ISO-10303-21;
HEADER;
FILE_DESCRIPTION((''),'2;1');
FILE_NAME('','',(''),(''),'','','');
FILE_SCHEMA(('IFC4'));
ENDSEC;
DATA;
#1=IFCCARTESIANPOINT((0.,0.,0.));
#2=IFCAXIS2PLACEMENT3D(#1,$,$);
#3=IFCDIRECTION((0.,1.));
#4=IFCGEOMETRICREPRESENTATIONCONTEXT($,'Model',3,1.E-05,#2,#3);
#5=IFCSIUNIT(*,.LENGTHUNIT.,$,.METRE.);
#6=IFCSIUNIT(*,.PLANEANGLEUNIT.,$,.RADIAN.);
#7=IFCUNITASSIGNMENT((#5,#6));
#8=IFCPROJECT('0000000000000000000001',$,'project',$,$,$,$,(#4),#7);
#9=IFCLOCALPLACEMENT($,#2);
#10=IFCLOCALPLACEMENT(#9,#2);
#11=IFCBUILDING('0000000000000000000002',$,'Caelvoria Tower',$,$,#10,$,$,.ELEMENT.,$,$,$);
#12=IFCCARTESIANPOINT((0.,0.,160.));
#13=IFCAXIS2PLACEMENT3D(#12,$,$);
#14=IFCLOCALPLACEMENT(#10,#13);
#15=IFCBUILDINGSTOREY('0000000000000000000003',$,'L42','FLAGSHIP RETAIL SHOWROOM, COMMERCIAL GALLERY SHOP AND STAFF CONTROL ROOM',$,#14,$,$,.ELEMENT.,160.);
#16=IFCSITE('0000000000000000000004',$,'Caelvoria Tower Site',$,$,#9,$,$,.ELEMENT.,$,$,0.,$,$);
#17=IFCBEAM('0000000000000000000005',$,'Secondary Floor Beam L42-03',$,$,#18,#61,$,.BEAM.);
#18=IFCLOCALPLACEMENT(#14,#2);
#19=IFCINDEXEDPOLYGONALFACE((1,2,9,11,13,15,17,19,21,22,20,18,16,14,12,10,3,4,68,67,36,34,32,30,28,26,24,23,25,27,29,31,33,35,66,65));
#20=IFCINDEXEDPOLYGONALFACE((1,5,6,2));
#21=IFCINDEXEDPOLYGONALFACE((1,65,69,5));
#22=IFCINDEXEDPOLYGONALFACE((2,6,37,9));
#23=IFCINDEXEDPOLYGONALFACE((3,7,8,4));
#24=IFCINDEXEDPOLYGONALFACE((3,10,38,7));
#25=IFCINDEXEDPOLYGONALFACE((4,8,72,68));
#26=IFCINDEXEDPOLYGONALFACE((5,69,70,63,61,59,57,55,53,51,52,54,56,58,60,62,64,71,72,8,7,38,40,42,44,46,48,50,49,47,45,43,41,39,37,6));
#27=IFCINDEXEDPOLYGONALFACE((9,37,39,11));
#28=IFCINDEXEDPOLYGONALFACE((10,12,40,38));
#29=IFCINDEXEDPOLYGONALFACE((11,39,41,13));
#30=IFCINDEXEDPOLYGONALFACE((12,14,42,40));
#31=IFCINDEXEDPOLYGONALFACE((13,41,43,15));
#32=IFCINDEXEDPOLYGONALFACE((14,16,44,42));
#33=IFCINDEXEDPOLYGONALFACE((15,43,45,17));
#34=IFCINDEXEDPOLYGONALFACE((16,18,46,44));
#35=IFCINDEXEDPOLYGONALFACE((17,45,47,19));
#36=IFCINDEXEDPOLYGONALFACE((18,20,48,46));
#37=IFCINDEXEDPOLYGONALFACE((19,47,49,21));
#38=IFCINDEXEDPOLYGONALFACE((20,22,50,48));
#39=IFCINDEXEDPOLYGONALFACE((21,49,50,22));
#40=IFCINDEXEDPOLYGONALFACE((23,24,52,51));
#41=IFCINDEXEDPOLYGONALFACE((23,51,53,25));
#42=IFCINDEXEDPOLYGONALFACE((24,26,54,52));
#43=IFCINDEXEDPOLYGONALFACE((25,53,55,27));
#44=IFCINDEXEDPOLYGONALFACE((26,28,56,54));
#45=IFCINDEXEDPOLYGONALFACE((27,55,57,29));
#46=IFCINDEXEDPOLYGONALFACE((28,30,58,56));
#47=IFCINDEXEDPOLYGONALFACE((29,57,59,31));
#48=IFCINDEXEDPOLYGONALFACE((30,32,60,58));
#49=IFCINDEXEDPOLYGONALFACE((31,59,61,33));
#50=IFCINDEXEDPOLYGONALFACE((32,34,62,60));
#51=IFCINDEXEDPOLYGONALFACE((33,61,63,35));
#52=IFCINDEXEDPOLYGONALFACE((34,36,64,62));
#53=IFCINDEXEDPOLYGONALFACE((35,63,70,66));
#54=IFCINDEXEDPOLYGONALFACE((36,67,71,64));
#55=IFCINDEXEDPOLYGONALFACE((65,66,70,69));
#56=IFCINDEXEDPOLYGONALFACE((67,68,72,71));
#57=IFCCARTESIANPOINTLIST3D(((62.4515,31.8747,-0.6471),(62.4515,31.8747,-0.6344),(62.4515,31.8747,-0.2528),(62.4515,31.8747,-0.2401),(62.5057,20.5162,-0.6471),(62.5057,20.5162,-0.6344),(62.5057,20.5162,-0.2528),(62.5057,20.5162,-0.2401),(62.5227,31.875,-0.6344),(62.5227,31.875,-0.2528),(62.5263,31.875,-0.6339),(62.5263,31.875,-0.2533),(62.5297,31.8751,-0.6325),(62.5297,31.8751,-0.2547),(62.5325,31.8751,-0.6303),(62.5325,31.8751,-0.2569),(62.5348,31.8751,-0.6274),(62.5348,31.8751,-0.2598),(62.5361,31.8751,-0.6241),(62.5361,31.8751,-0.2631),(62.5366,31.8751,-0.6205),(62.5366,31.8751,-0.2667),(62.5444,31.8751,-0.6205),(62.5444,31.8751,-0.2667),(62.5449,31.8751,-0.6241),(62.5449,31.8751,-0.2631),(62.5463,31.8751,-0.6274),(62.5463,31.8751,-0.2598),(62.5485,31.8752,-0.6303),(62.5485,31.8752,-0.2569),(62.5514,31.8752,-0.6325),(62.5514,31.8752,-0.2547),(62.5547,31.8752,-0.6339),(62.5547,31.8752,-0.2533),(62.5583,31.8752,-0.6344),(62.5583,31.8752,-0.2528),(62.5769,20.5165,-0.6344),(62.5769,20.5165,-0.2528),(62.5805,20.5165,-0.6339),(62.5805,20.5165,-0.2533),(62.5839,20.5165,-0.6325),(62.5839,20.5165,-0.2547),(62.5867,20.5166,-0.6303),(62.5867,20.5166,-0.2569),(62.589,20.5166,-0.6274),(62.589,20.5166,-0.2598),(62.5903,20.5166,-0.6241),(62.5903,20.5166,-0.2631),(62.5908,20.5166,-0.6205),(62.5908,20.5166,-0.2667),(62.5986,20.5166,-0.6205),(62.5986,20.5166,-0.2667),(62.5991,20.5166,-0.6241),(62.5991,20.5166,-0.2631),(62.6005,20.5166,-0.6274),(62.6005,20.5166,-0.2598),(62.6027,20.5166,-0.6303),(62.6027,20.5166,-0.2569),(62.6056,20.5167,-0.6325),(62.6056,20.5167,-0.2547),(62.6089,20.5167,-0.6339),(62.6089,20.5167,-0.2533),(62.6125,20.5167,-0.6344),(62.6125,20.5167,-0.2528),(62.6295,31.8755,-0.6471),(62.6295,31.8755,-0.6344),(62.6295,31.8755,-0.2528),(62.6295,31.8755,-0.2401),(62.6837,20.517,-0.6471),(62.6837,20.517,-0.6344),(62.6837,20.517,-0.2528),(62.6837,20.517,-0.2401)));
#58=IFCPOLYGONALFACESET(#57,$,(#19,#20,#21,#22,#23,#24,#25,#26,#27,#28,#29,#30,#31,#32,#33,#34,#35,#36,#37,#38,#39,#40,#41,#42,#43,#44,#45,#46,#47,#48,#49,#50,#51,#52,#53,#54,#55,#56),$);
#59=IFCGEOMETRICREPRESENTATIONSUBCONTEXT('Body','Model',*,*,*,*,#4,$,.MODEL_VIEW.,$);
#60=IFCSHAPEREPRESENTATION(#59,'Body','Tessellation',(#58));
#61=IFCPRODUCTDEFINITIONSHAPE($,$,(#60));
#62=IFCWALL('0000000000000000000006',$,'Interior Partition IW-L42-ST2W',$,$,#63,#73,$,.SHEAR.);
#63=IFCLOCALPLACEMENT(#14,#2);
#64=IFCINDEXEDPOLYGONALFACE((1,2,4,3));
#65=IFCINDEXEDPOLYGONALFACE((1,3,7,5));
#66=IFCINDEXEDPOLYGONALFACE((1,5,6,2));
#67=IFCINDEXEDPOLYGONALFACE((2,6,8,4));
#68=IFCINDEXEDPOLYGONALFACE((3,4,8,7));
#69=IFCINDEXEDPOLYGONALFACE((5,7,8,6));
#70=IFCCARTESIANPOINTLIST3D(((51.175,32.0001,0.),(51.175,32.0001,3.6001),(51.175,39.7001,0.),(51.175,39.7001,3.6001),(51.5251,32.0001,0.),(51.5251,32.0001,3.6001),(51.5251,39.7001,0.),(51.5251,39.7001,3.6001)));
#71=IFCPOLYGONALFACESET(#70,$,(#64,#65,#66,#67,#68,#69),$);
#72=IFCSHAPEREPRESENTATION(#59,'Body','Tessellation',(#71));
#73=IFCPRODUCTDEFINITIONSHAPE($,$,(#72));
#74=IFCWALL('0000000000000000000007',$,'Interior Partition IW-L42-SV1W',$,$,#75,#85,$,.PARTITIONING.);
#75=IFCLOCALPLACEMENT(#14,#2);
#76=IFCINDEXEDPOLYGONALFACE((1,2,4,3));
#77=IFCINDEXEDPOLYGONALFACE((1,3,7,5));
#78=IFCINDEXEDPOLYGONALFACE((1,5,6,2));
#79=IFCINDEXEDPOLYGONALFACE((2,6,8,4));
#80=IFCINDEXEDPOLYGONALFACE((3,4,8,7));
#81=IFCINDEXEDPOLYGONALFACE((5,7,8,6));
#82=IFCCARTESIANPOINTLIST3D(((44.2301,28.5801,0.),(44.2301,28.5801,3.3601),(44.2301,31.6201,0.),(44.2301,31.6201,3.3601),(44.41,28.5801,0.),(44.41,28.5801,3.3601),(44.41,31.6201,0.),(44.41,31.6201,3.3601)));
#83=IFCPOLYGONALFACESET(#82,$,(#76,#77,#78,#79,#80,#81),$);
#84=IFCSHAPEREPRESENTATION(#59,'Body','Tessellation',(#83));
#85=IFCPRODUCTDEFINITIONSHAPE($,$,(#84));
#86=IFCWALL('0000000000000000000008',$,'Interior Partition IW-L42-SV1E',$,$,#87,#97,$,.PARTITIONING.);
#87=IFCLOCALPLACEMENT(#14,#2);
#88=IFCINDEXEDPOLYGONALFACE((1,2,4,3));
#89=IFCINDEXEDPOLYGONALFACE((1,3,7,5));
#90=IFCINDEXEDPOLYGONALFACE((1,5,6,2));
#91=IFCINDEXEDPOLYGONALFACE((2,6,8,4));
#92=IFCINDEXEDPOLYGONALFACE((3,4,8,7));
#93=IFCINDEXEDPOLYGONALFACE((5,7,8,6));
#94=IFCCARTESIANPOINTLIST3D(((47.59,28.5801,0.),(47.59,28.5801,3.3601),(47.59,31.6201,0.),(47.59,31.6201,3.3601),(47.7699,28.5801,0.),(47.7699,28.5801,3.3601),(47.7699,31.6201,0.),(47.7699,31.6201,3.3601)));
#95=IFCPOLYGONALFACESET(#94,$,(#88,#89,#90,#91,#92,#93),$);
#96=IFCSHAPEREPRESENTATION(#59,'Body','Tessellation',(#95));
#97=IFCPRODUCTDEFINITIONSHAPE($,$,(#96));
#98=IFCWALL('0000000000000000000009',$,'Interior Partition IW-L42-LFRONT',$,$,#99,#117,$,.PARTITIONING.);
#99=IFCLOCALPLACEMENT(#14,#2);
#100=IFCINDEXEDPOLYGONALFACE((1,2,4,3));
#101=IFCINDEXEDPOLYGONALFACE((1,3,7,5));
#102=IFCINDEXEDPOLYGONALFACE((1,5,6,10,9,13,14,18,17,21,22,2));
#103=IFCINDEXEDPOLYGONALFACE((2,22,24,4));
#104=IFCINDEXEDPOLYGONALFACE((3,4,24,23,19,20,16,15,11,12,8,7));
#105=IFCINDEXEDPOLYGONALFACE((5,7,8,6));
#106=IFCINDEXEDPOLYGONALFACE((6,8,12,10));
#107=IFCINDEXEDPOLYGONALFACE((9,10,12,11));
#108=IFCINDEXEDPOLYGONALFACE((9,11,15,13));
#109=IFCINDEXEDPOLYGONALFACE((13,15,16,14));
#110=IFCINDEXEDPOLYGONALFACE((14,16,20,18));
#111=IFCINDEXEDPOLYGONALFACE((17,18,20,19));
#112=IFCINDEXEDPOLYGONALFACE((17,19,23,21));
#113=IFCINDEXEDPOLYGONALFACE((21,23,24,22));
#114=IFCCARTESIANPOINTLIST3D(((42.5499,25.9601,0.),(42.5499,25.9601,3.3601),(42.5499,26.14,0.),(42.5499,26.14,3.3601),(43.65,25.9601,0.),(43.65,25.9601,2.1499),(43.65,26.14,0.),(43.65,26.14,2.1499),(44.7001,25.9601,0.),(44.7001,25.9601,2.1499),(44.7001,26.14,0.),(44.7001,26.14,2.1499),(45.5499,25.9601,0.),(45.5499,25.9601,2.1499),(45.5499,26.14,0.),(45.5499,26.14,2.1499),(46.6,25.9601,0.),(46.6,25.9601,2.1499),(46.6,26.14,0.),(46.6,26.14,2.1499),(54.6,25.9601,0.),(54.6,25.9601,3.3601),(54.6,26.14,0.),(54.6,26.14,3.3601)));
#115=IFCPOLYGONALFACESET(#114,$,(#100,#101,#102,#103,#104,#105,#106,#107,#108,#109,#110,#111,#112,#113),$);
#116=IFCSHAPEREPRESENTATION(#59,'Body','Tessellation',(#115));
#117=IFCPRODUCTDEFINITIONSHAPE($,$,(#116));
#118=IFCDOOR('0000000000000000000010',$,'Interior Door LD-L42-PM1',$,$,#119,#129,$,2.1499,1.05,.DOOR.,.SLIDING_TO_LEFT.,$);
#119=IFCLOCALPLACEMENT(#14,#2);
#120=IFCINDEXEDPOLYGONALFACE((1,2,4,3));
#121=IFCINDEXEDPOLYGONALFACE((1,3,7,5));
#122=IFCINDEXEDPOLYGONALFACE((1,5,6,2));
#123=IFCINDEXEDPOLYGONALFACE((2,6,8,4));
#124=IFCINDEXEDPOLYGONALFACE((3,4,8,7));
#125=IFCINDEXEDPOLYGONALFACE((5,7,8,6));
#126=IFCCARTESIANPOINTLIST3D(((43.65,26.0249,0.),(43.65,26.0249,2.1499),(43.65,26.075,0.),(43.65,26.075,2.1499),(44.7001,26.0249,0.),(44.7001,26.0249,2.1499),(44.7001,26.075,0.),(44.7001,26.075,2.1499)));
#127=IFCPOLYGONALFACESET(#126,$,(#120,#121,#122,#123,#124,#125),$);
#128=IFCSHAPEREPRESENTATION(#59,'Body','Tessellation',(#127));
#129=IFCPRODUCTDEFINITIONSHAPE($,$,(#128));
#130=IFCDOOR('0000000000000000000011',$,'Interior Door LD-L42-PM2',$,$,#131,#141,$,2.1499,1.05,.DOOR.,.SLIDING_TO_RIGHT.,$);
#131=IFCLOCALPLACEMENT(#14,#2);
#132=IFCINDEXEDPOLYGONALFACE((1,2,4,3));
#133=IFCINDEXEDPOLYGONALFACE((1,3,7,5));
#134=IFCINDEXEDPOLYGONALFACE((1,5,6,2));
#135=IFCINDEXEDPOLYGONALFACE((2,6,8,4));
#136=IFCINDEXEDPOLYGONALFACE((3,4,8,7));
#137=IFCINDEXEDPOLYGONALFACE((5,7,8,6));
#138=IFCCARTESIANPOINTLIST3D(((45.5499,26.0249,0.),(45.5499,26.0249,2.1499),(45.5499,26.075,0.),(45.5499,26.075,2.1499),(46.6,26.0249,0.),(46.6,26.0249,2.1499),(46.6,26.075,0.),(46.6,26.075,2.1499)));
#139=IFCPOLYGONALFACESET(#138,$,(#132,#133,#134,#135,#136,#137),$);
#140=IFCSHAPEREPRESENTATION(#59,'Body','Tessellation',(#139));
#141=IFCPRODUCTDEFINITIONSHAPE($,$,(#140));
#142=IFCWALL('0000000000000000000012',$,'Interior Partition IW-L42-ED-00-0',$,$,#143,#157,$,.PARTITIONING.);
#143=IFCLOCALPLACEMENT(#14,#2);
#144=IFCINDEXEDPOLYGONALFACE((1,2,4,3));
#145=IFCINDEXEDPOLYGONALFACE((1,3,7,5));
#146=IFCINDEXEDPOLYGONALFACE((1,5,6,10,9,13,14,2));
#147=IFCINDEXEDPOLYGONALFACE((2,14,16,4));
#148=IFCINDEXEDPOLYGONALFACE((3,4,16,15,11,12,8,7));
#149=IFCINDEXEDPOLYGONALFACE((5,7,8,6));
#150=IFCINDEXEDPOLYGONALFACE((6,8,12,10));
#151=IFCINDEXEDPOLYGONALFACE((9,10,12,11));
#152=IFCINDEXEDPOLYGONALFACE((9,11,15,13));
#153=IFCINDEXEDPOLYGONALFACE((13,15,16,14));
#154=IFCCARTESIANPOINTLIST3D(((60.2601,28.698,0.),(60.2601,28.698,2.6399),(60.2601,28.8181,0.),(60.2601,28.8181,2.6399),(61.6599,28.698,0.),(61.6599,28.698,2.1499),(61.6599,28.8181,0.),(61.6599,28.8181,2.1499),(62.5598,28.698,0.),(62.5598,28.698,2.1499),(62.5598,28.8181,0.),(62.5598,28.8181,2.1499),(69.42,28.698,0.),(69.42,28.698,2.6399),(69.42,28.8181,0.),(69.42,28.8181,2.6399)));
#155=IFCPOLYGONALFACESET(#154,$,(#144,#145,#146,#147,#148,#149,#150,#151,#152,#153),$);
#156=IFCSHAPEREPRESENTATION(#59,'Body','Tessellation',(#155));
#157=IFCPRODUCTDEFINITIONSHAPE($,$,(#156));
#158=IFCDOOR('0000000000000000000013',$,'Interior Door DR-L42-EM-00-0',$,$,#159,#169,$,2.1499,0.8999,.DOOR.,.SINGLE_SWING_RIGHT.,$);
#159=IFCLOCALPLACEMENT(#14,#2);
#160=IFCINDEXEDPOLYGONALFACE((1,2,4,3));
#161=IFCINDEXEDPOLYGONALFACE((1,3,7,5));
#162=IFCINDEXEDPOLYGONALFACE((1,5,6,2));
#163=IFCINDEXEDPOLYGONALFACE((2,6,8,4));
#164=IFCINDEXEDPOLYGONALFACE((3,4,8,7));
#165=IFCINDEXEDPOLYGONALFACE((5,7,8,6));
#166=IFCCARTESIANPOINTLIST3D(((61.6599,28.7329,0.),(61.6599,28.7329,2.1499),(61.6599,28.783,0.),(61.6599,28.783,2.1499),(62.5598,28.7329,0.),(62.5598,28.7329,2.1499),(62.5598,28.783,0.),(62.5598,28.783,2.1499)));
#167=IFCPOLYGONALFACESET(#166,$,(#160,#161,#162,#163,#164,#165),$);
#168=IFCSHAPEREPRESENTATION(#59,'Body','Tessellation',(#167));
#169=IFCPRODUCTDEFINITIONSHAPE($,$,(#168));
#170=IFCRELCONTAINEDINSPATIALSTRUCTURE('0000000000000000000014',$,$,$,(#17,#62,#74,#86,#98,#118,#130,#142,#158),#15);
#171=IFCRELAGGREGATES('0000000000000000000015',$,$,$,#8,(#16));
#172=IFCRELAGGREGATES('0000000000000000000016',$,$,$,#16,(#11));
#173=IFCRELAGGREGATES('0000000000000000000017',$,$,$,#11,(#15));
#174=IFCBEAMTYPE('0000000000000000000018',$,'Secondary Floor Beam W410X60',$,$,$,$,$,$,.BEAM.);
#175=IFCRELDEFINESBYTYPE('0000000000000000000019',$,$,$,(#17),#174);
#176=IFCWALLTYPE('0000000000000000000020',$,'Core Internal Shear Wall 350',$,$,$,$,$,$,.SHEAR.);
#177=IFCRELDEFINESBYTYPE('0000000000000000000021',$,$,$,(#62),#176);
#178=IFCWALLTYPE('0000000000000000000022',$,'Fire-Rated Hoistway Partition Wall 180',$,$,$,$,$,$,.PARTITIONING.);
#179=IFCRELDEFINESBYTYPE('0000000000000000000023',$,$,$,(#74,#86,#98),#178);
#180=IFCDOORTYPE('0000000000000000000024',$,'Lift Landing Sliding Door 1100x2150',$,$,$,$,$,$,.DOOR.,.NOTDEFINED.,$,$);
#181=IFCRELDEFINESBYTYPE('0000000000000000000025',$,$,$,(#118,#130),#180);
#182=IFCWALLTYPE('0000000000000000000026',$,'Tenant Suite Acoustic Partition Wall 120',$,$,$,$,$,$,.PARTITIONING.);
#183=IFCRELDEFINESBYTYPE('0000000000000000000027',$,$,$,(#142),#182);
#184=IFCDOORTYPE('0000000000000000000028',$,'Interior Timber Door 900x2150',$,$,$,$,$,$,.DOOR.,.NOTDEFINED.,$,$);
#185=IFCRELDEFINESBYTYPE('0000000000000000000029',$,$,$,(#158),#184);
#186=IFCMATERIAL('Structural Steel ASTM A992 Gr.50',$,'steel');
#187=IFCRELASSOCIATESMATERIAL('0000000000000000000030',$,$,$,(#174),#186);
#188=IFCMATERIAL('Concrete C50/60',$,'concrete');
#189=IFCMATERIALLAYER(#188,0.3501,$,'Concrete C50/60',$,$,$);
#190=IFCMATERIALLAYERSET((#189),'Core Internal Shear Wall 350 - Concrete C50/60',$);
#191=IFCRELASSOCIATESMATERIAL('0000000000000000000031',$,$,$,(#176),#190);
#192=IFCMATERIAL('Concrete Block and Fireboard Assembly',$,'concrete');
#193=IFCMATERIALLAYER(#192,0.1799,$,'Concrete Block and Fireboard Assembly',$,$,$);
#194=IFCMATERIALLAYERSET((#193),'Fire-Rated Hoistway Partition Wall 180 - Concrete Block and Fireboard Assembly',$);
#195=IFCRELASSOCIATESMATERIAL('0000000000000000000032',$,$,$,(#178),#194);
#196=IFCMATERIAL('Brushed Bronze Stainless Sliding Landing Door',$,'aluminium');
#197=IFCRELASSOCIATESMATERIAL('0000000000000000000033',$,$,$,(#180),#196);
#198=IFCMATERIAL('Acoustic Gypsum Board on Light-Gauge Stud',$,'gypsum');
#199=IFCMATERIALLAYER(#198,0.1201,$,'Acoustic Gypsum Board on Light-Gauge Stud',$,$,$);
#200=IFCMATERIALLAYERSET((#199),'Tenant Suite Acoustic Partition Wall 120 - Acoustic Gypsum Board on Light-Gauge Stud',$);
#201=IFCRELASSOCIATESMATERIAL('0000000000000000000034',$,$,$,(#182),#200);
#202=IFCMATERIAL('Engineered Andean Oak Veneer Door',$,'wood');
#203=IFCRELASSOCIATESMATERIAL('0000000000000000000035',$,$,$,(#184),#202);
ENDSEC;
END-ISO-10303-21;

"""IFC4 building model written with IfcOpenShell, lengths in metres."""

from ifc_helpers import new_model, si_unit, direction, frame, frame_2d, origin, origin_2d, place, context, subcontext, project, spatial, rectangle, i_section, extrude, material, layer, layer_set, material_profile, profile_set, type_object, element, fill, save


model = new_model("IFC4")

# Units and contexts
model_context = context("Model", 3, precision=1e-05, world=origin(), true_north=direction((0.0, 1.0)))
body_context = subcontext(model_context, "Body", "Model", "MODEL_VIEW")
ifc_project = project(units=[si_unit("LENGTHUNIT", "METRE"), si_unit("PLANEANGLEUNIT", "RADIAN")], contexts=[model_context])

# Site, building, storey
site_placement = place(None, origin())
site = spatial("IfcSite", under=ifc_project, at=site_placement, Name="Caelvoria Tower Site", CompositionType="ELEMENT", RefElevation=0.0)
building_placement = place(site_placement, origin())
building = spatial("IfcBuilding", under=site, at=building_placement, Name="Caelvoria Tower", CompositionType="ELEMENT")
storey_placement = place(building_placement, frame((0.0, 0.0, 160.0)))
storey = spatial("IfcBuildingStorey", under=building, at=storey_placement, Name="L42", Description="FLAGSHIP RETAIL SHOWROOM, COMMERCIAL GALLERY SHOP AND STAFF CONTROL ROOM", CompositionType="ELEMENT", Elevation=160.0)

# Shared definitions
ifc_material_1 = material(Name="Structural Steel ASTM A992 Gr.50", Category="steel")

# Beam
ifc_material_profile_1 = material_profile(ifc_material_1, i_section(OverallWidth=0.178, OverallDepth=0.407, WebThickness=0.0078, FlangeThickness=0.0127, FilletRadius=0.0139, at=origin_2d()), Name="Structural Steel ASTM A992 Gr.50")
ifc_profile_set_1 = profile_set([ifc_material_profile_1], Name="W410X60 - Structural Steel ASTM A992 Gr.50")
beam_type_1 = type_object("IfcBeamType", Name="Secondary Floor Beam W410X60", PredefinedType="BEAM", material=ifc_profile_set_1)
beam_1_placement = place(storey_placement, frame((62.5947, 20.5166, -0.4436), z_axis=(-0.004772, 0.999989, 0.0), x_axis=(-0.999989, -0.004772, 0.0)))
element("IfcBeam", 1, at=beam_1_placement, inside=storey, type_object=beam_type_1, Name="Secondary Floor Beam L42-03", PredefinedType="BEAM", context=body_context, shape_type="SweptSolid", body=[
    extrude(i_section(OverallWidth=0.178, OverallDepth=0.407, WebThickness=0.0078, FlangeThickness=0.0127, FilletRadius=0.0139, at=origin_2d()), origin(), (0.0, 0.0, 1.0), 11.3586),
])

# Walls
ifc_material_2 = material(Name="Concrete C50/60", Category="concrete")
ifc_layer_1 = layer(ifc_material_2, 0.3501, Name="Concrete C50/60")
ifc_layer_set_1 = layer_set([ifc_layer_1], Name="Core Internal Shear Wall 350 - Concrete C50/60")
wall_type_1 = type_object("IfcWallType", Name="Core Internal Shear Wall 350", PredefinedType="SHEAR", material=ifc_layer_set_1)
wall_1_placement = place(storey_placement, frame((51.3501, 32.0, 0.0), z_axis=(0.0, 0.0, 1.0), x_axis=(0.0, 1.0, 0.0)))
element("IfcWall", 2, at=wall_1_placement, inside=storey, type_object=wall_type_1, Name="Interior Partition IW-L42-ST2W", PredefinedType="SHEAR", context=body_context, shape_type="SweptSolid", body=[
    extrude(rectangle(XDim=7.7, YDim=0.3501, at=frame_2d((3.8501, 0.0))), origin(), (0.0, 0.0, 1.0), 3.6001),
])
ifc_material_3 = material(Name="Concrete Block and Fireboard Assembly", Category="concrete")
ifc_layer_2 = layer(ifc_material_3, 0.1799, Name="Concrete Block and Fireboard Assembly")
ifc_layer_set_2 = layer_set([ifc_layer_2], Name="Fire-Rated Hoistway Partition Wall 180 - Concrete Block and Fireboard Assembly")
wall_type_2 = type_object("IfcWallType", Name="Fire-Rated Hoistway Partition Wall 180", PredefinedType="PARTITIONING", material=ifc_layer_set_2)
for number, where, z_axis, x_axis, name in (
    (3, (44.3201, 28.5801, 0.0), (0.0, 0.0, 1.0), (0.0, 1.0, 0.0), "Interior Partition IW-L42-SV1W"),
    (4, (47.6799, 28.5801, 0.0), (0.0, 0.0, 1.0), (0.0, 1.0, 0.0), "Interior Partition IW-L42-SV1E"),
):
    element("IfcWall", number, at=place(storey_placement, frame(where, z_axis=z_axis, x_axis=x_axis)), inside=storey, type_object=wall_type_2, Name=name, PredefinedType="PARTITIONING", context=body_context, shape_type="SweptSolid", body=[
        extrude(rectangle(XDim=3.04, YDim=0.1799, at=frame_2d((1.52, 0.0))), origin(), (0.0, 0.0, 1.0), 3.3601),
    ])

# Wall, openings, doors
wall_2_placement = place(storey_placement, frame((42.55, 26.05, 0.0), z_axis=(0.0, 0.0, 1.0), x_axis=(1.0, 0.0, 0.0)))
wall_2 = element("IfcWall", 5, at=wall_2_placement, inside=storey, type_object=wall_type_2, Name="Interior Partition IW-L42-LFRONT", PredefinedType="PARTITIONING", context=body_context, shape_type="SweptSolid", body=[
    extrude(rectangle(XDim=12.05, YDim=0.1799, at=frame_2d((6.0249, 0.0))), origin(), (0.0, 0.0, 1.0), 3.3601),
])
opening_1_placement = place(wall_2_placement, frame((1.1001, 0.0, 0.0)))
opening_1 = element("IfcOpeningElement", 6, at=opening_1_placement, cuts=wall_2, PredefinedType="OPENING", context=body_context, shape_type="SweptSolid", body=[
    extrude(rectangle(XDim=1.05, YDim=2.1499, at=frame_2d((0.5249, 1.075))), frame((0.0, 0.0999, 0.0), z_axis=(0.0, -1.0, 0.0), x_axis=(1.0, 0.0, 0.0)), (0.0, 0.0, 1.0), 0.2),
])
opening_2_placement = place(wall_2_placement, frame((3.0, 0.0, 0.0)))
opening_2 = element("IfcOpeningElement", 7, at=opening_2_placement, cuts=wall_2, PredefinedType="OPENING", context=body_context, shape_type="SweptSolid", body=[
    extrude(rectangle(XDim=1.05, YDim=2.1499, at=frame_2d((0.5249, 1.075))), frame((0.0, 0.0999, 0.0), z_axis=(0.0, -1.0, 0.0), x_axis=(1.0, 0.0, 0.0)), (0.0, 0.0, 1.0), 0.2),
])
ifc_material_4 = material(Name="Brushed Bronze Stainless Sliding Landing Door", Category="aluminium")
door_type_1 = type_object("IfcDoorType", Name="Lift Landing Sliding Door 1100x2150", OperationType="NOTDEFINED", PredefinedType="DOOR", material=ifc_material_4)
door_1_placement = place(opening_1_placement, origin())
door_1 = element("IfcDoor", 8, at=door_1_placement, inside=storey, type_object=door_type_1, Name="Interior Door LD-L42-PM1", OperationType="SLIDING_TO_LEFT", OverallHeight=2.1499, OverallWidth=1.05, PredefinedType="DOOR", context=body_context, shape_type="SweptSolid", body=[
    extrude(rectangle(XDim=1.05, YDim=2.1499, at=frame_2d((0.5249, 1.075))), frame((0.0, 0.0249, 0.0), z_axis=(0.0, -1.0, 0.0), x_axis=(1.0, 0.0, 0.0)), (0.0, 0.0, 1.0), 0.05),
])
fill(opening_1, door_1)
door_2_placement = place(opening_2_placement, origin())
door_2 = element("IfcDoor", 9, at=door_2_placement, inside=storey, type_object=door_type_1, Name="Interior Door LD-L42-PM2", OperationType="SLIDING_TO_RIGHT", OverallHeight=2.1499, OverallWidth=1.05, PredefinedType="DOOR", context=body_context, shape_type="SweptSolid", body=[
    extrude(rectangle(XDim=1.05, YDim=2.1499, at=frame_2d((0.5249, 1.075))), frame((0.0, 0.0249, 0.0), z_axis=(0.0, -1.0, 0.0), x_axis=(1.0, 0.0, 0.0)), (0.0, 0.0, 1.0), 0.05),
])
fill(opening_2, door_2)

# Wall, opening, door
ifc_material_5 = material(Name="Acoustic Gypsum Board on Light-Gauge Stud", Category="gypsum")
ifc_layer_3 = layer(ifc_material_5, 0.1201, Name="Acoustic Gypsum Board on Light-Gauge Stud")
ifc_layer_set_3 = layer_set([ifc_layer_3], Name="Tenant Suite Acoustic Partition Wall 120 - Acoustic Gypsum Board on Light-Gauge Stud")
wall_type_3 = type_object("IfcWallType", Name="Tenant Suite Acoustic Partition Wall 120", PredefinedType="PARTITIONING", material=ifc_layer_set_3)
wall_3_placement = place(storey_placement, frame((60.26, 28.7581, 0.0), z_axis=(0.0, 0.0, 1.0), x_axis=(1.0, 0.0, 0.0)))
wall_3 = element("IfcWall", 10, at=wall_3_placement, inside=storey, type_object=wall_type_3, Name="Interior Partition IW-L42-ED-00-0", PredefinedType="PARTITIONING", context=body_context, shape_type="SweptSolid", body=[
    extrude(rectangle(XDim=9.1599, YDim=0.1201, at=frame_2d((4.5801, 0.0))), origin(), (0.0, 0.0, 1.0), 2.6399),
])
opening_3_placement = place(wall_3_placement, frame((1.3999, 0.0, 0.0)))
opening_3 = element("IfcOpeningElement", 11, at=opening_3_placement, cuts=wall_3, PredefinedType="OPENING", context=body_context, shape_type="SweptSolid", body=[
    extrude(rectangle(XDim=0.8999, YDim=2.1499, at=frame_2d((0.45, 1.075))), frame((0.0, 0.0701, 0.0), z_axis=(0.0, -1.0, 0.0), x_axis=(1.0, 0.0, 0.0)), (0.0, 0.0, 1.0), 0.1401),
])
ifc_material_6 = material(Name="Engineered Andean Oak Veneer Door", Category="wood")
door_type_2 = type_object("IfcDoorType", Name="Interior Timber Door 900x2150", OperationType="NOTDEFINED", PredefinedType="DOOR", material=ifc_material_6)
door_3_placement = place(opening_3_placement, origin())
door_3 = element("IfcDoor", 12, at=door_3_placement, inside=storey, type_object=door_type_2, Name="Interior Door DR-L42-EM-00-0", OperationType="SINGLE_SWING_RIGHT", OverallHeight=2.1499, OverallWidth=0.8999, PredefinedType="DOOR", context=body_context, shape_type="SweptSolid", body=[
    extrude(rectangle(XDim=0.8999, YDim=2.1499, at=frame_2d((0.45, 1.075))), frame((0.0, 0.0249, 0.0), z_axis=(0.0, -1.0, 0.0), x_axis=(1.0, 0.0, 0.0)), (0.0, 0.0, 1.0), 0.05),
])
fill(opening_3, door_3)

save(model, "model.ifc")
